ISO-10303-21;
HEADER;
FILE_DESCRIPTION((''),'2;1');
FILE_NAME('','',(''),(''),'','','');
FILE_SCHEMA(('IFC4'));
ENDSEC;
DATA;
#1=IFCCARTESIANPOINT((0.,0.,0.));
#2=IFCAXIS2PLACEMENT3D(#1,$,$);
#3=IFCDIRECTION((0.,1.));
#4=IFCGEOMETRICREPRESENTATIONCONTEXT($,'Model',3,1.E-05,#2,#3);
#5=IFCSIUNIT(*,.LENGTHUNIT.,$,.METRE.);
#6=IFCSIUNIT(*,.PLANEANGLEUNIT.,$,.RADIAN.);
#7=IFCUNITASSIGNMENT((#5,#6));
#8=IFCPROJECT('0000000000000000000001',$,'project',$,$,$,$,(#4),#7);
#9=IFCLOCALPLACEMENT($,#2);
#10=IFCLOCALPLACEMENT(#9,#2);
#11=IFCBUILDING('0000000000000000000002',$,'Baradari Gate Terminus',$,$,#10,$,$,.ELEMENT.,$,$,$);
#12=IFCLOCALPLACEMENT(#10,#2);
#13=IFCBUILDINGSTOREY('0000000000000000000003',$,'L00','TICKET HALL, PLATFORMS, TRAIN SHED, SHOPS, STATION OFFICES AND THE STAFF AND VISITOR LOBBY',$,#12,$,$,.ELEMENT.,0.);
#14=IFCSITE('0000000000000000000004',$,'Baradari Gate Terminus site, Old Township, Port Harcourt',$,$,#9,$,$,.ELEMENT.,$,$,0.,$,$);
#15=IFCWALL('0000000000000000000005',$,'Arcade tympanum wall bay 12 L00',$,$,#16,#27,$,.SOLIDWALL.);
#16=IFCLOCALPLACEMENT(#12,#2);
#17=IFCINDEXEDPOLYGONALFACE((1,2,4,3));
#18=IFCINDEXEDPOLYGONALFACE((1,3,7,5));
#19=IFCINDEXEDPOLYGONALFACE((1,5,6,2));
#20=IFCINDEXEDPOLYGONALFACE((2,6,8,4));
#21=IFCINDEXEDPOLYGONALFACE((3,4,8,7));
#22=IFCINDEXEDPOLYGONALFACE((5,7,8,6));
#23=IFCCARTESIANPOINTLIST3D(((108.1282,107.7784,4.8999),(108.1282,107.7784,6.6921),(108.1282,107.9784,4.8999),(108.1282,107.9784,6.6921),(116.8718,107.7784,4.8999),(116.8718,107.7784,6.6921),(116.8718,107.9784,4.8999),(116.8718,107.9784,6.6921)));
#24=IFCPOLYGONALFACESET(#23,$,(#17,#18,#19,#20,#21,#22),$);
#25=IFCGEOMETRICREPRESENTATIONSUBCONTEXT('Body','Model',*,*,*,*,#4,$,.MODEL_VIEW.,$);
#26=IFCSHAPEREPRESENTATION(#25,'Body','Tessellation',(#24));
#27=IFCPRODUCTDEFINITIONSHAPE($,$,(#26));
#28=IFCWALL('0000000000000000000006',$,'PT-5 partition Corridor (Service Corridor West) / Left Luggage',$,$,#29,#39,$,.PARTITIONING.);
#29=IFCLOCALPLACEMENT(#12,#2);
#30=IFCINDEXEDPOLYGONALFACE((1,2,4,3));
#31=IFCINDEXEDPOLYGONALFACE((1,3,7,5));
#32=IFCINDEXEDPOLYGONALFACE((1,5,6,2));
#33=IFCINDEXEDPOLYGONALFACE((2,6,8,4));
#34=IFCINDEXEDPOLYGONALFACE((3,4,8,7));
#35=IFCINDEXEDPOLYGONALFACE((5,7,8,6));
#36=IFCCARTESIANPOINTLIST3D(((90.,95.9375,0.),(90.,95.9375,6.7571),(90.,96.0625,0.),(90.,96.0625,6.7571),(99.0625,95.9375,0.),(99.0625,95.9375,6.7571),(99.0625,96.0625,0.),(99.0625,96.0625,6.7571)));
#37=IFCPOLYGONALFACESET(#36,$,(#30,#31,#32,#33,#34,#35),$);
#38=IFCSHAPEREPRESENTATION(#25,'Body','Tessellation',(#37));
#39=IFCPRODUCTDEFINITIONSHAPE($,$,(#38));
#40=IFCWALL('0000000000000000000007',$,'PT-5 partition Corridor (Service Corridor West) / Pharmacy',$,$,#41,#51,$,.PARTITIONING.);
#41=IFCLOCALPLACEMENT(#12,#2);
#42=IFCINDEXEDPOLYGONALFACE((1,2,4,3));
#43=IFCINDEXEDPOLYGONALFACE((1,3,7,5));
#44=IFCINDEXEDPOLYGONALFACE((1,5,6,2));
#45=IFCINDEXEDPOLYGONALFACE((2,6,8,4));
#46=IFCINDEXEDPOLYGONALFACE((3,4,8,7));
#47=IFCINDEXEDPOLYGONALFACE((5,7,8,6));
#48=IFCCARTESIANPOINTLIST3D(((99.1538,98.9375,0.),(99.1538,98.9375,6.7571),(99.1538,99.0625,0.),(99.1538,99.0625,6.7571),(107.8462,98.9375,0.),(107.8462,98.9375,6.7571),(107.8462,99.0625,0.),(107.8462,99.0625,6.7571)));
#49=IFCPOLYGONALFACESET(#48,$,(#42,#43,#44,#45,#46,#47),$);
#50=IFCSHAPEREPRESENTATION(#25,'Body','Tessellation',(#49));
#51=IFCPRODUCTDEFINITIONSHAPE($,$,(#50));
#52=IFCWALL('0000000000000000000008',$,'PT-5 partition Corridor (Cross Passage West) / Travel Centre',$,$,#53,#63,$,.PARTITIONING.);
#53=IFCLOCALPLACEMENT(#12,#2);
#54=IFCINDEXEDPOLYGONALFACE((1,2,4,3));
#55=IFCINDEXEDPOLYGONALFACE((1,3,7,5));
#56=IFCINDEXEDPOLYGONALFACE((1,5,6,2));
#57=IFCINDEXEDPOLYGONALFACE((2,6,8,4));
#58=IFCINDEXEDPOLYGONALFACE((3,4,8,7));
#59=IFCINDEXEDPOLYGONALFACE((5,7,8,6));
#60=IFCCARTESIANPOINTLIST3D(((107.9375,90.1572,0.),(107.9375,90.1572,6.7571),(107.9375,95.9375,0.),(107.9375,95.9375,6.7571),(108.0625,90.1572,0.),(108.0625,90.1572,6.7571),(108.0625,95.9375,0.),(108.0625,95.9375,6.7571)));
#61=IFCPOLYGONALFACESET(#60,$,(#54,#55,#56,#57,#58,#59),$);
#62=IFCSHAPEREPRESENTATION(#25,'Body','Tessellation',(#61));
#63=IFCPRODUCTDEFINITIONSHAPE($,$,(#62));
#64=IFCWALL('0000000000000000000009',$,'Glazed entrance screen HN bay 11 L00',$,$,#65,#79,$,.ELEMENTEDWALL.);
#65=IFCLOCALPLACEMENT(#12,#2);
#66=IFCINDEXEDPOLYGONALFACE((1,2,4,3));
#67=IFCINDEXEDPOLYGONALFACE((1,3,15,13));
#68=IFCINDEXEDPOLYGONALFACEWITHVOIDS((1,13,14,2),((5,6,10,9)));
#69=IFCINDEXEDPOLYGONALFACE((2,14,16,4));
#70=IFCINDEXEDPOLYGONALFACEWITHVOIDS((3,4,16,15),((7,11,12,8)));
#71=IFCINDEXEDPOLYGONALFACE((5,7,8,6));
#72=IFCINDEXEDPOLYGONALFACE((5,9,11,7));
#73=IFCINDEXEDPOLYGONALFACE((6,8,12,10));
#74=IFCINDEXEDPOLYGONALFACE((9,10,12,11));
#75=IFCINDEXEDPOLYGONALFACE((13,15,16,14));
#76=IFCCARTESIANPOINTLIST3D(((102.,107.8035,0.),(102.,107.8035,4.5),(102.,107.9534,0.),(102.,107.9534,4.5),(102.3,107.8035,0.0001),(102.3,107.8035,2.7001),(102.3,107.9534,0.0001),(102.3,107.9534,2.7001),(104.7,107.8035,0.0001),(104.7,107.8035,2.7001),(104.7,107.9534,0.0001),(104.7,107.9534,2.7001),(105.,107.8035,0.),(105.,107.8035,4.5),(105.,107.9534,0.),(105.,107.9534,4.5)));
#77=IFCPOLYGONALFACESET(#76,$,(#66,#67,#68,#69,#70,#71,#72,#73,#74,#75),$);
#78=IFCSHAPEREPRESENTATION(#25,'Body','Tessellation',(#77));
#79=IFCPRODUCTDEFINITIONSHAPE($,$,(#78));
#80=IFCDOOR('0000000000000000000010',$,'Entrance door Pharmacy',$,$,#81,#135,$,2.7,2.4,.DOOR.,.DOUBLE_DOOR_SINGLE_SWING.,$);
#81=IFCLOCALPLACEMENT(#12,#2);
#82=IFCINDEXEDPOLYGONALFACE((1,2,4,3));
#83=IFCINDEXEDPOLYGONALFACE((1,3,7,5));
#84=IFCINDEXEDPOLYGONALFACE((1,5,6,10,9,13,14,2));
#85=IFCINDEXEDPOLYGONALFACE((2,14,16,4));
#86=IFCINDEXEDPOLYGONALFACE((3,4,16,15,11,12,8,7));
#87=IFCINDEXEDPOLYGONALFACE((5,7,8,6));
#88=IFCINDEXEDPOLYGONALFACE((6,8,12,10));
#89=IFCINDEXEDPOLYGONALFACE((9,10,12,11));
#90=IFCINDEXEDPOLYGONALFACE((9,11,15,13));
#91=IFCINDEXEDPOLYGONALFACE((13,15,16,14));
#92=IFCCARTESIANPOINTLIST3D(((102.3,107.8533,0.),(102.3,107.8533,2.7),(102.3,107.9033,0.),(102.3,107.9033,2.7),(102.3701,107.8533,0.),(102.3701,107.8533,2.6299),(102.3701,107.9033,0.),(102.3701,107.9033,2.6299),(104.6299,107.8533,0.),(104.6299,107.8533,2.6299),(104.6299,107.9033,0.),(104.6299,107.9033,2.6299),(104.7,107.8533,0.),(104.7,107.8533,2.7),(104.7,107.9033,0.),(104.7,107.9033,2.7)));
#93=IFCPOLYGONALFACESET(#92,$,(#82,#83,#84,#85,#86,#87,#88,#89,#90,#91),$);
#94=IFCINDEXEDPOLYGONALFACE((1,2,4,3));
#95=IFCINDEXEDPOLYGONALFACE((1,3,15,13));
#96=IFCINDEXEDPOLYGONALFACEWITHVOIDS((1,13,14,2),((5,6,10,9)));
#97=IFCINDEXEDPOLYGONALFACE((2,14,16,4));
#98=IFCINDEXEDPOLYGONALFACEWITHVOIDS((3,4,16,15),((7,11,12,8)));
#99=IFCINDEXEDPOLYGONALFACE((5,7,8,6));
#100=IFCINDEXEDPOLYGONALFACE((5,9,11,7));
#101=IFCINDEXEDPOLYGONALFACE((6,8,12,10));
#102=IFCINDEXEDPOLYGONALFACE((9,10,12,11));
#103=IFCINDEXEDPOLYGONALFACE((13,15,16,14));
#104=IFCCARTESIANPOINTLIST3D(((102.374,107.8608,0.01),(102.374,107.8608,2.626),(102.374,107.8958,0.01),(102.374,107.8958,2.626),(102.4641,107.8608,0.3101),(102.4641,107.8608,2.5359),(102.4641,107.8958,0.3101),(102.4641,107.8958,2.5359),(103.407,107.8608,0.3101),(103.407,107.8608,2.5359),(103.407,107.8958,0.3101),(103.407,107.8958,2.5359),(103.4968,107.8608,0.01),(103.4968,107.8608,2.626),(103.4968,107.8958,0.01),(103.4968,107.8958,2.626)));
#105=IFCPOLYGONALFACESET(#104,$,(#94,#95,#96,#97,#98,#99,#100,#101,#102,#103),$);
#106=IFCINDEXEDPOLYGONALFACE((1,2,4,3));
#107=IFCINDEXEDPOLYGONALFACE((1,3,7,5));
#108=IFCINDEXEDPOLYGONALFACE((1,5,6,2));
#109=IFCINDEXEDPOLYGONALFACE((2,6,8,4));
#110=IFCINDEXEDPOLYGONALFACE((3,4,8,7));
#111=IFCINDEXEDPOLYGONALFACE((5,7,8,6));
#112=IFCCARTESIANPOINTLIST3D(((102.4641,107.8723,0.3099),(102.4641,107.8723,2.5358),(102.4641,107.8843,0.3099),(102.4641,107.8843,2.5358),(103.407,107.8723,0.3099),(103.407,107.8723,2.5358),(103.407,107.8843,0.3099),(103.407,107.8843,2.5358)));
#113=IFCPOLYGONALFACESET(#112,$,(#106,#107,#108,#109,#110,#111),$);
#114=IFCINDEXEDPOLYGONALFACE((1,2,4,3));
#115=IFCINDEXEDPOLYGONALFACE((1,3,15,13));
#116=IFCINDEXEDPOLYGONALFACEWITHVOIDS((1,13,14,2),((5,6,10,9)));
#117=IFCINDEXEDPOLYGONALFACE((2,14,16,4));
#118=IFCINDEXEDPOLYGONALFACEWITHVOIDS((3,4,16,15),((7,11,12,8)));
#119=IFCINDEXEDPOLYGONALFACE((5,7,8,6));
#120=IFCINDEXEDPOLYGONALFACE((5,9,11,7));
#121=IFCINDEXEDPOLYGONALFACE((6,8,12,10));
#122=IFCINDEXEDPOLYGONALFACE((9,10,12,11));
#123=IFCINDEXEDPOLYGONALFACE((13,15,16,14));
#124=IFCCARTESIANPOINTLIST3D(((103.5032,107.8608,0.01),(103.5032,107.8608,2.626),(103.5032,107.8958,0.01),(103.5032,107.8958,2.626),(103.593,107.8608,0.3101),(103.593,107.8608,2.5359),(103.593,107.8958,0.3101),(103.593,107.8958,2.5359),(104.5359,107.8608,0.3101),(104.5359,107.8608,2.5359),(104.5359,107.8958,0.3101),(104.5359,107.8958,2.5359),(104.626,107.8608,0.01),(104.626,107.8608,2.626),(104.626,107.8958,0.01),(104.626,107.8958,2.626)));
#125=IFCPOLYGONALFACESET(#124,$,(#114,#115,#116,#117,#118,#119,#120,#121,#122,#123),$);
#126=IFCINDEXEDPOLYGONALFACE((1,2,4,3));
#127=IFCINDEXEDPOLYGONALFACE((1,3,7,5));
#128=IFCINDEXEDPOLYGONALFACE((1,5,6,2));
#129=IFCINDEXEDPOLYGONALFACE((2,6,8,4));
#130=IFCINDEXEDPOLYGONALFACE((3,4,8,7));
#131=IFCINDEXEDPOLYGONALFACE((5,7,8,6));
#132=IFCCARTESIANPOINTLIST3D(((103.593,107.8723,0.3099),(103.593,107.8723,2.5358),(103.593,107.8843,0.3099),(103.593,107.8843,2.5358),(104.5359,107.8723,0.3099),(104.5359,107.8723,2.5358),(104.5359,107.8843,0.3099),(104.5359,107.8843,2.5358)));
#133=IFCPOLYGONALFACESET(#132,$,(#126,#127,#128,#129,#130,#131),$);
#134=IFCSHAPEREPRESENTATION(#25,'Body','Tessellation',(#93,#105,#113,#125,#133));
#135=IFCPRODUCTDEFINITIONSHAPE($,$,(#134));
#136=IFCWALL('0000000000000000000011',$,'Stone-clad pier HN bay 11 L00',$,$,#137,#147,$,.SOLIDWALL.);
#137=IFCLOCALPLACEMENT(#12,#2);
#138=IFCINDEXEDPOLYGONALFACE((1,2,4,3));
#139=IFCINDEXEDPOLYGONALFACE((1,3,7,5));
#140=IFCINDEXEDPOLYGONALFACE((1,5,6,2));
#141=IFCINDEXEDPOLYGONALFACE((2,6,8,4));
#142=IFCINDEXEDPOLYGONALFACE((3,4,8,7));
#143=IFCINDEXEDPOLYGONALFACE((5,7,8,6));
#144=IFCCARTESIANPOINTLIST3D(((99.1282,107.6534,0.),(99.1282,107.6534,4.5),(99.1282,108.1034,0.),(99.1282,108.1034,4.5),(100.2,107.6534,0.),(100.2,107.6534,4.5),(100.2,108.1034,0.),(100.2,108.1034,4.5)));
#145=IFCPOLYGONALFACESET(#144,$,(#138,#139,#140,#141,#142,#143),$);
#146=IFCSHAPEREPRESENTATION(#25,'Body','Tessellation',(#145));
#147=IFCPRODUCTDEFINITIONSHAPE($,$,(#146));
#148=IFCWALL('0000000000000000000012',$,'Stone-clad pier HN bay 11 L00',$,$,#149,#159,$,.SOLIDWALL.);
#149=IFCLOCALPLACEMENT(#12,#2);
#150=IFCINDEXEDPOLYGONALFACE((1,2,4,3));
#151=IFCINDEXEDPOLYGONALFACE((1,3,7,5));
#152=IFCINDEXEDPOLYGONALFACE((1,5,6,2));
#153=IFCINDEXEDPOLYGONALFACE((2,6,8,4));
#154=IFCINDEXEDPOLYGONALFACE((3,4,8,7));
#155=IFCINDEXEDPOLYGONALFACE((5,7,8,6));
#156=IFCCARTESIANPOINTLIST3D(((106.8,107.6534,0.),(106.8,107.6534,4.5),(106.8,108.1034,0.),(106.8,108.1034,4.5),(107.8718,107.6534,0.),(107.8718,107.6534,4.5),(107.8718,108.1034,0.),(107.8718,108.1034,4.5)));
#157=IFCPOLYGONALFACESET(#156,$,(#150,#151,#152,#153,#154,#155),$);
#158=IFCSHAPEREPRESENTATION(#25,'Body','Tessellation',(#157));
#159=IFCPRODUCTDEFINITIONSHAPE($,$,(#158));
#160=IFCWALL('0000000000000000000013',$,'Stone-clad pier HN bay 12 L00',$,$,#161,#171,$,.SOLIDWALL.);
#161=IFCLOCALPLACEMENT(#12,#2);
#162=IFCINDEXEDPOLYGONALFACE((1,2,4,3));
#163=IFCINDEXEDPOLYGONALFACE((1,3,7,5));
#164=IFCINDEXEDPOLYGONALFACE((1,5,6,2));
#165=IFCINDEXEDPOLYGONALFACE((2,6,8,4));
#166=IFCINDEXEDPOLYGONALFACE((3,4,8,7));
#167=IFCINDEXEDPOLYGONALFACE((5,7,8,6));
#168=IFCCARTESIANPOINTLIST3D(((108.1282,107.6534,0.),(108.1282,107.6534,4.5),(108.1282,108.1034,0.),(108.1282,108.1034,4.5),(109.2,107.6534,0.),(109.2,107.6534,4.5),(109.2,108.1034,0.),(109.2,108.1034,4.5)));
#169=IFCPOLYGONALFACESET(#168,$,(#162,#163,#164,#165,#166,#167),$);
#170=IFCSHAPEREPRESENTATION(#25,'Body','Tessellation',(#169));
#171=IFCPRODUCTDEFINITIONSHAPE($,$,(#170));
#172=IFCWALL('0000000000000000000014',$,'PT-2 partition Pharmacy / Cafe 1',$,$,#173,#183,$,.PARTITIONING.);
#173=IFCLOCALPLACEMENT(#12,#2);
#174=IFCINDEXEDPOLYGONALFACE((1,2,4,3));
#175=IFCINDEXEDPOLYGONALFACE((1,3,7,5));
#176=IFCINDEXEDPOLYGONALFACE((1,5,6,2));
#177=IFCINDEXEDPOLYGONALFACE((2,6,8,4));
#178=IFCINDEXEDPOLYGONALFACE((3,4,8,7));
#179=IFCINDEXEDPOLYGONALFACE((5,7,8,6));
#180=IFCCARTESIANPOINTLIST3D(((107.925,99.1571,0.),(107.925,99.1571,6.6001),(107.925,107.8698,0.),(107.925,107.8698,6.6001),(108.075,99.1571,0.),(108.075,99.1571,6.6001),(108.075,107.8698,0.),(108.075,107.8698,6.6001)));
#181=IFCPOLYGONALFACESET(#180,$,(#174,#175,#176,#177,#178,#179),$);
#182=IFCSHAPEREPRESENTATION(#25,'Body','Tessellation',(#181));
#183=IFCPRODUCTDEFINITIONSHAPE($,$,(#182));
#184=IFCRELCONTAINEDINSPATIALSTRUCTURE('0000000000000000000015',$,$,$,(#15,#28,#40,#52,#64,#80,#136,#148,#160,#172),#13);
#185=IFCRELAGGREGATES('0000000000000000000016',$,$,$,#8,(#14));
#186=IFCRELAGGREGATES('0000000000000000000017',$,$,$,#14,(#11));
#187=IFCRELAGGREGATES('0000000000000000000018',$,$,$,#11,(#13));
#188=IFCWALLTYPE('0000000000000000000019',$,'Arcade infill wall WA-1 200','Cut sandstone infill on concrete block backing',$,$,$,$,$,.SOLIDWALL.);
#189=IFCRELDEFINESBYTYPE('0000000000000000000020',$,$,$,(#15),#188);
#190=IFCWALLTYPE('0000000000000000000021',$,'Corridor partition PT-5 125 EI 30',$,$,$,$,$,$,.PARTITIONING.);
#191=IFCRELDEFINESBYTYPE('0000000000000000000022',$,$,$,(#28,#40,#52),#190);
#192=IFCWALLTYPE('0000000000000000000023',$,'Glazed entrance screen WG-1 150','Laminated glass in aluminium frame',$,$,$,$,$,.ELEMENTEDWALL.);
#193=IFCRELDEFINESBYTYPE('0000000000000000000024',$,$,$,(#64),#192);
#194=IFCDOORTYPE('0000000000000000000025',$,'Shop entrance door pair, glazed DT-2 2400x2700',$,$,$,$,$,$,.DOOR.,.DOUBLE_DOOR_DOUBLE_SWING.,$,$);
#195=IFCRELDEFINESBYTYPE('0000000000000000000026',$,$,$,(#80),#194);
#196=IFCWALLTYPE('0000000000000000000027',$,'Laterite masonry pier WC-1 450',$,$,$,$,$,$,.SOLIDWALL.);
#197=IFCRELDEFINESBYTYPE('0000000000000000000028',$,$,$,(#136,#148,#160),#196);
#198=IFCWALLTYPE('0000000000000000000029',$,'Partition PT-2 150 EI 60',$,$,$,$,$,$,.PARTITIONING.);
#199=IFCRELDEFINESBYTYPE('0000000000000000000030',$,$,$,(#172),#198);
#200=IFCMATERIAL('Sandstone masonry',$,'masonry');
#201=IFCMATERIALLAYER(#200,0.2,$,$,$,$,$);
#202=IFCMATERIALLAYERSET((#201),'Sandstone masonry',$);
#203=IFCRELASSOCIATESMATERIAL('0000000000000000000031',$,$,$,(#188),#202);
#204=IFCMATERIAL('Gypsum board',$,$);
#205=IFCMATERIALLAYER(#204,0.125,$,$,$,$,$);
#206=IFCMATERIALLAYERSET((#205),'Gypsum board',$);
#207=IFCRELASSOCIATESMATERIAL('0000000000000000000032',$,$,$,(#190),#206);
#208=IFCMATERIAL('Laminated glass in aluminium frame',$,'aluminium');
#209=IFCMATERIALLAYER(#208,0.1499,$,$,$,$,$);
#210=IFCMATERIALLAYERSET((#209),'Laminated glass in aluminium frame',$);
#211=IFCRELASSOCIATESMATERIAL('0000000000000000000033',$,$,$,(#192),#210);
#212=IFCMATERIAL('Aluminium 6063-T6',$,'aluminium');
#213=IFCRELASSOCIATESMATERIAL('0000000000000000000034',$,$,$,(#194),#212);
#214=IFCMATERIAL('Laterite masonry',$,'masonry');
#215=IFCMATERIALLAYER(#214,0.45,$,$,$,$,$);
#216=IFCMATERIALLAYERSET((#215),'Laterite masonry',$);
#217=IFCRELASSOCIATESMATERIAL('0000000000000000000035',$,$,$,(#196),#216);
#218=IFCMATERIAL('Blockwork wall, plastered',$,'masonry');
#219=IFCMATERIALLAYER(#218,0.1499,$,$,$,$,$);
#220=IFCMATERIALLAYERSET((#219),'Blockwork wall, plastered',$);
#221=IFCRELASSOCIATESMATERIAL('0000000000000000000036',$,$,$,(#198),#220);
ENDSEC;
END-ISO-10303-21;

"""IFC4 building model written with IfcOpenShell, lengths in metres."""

from ifc_helpers import new_model, si_unit, direction, frame, frame_2d, origin, place, context, subcontext, project, spatial, polyline, rectangle, outline, extrude, material, layer, layer_set, type_object, element, fill, save


model = new_model("IFC4")

# Units and contexts
model_context = context("Model", 3, precision=1e-05, world=origin(), true_north=direction((0.0, 1.0)))
body_context = subcontext(model_context, "Body", "Model", "MODEL_VIEW")
ifc_project = project(units=[si_unit("LENGTHUNIT", "METRE"), si_unit("PLANEANGLEUNIT", "RADIAN")], contexts=[model_context])

# Site, building, storey
site_placement = place(None, origin())
site = spatial("IfcSite", under=ifc_project, at=site_placement, Name="Baradari Gate Terminus site, Old Township, Port Harcourt", CompositionType="ELEMENT", RefElevation=0.0)
building_placement = place(site_placement, origin())
building = spatial("IfcBuilding", under=site, at=building_placement, Name="Baradari Gate Terminus", CompositionType="ELEMENT")
storey_placement = place(building_placement, origin())
storey = spatial("IfcBuildingStorey", under=building, at=storey_placement, Name="L00", Description="TICKET HALL, PLATFORMS, TRAIN SHED, SHOPS, STATION OFFICES AND THE STAFF AND VISITOR LOBBY", CompositionType="ELEMENT", Elevation=0.0)

# Walls
ifc_material_1 = material(Name="Sandstone masonry", Category="masonry")
ifc_layer_1 = layer(ifc_material_1, 0.2)
ifc_layer_set_1 = layer_set([ifc_layer_1], Name="Sandstone masonry")
wall_type_1 = type_object("IfcWallType", Name="Arcade infill wall WA-1 200", Description="Cut sandstone infill on concrete block backing", PredefinedType="SOLIDWALL", material=ifc_layer_set_1)
for number, where, z_axis, x_axis, name in (
    (1, (108.1282, 107.8784, 4.8999), (0.0, 0.0, 1.0), (1.0, 0.0, 0.0), "Arcade tympanum wall bay 12 L00"),
):
    element("IfcWall", number, at=place(storey_placement, frame(where, z_axis=z_axis, x_axis=x_axis)), inside=storey, type_object=wall_type_1, Name=name, PredefinedType="SOLIDWALL", context=body_context, shape_type="SweptSolid", body=[
        extrude(rectangle(XDim=8.7437, YDim=0.2, at=frame_2d((4.3718, 0.0))), origin(), (0.0, 0.0, 1.0), 1.7922),
    ])
ifc_material_2 = material(Name="Gypsum board")
ifc_layer_2 = layer(ifc_material_2, 0.125)
ifc_layer_set_2 = layer_set([ifc_layer_2], Name="Gypsum board")
wall_type_2 = type_object("IfcWallType", Name="Corridor partition PT-5 125 EI 30", PredefinedType="PARTITIONING", material=ifc_layer_set_2)
wall_1_placement = place(storey_placement, frame((99.0625, 96.0, 0.0), z_axis=(0.0, 0.0, 1.0), x_axis=(-1.0, 0.0, 0.0)))
element("IfcWall", 2, at=wall_1_placement, inside=storey, type_object=wall_type_2, Name="PT-5 partition Corridor (Service Corridor West) / Left Luggage", PredefinedType="PARTITIONING", context=body_context, shape_type="SweptSolid", body=[
    extrude(rectangle(XDim=9.0625, YDim=0.125, at=frame_2d((4.5312, 0.0))), origin(), (0.0, 0.0, 1.0), 6.7571),
])
wall_2_placement = place(storey_placement, frame((99.1538, 99.0, 0.0), z_axis=(0.0, 0.0, 1.0), x_axis=(1.0, 0.0, 0.0)))
element("IfcWall", 3, at=wall_2_placement, inside=storey, type_object=wall_type_2, Name="PT-5 partition Corridor (Service Corridor West) / Pharmacy", PredefinedType="PARTITIONING", context=body_context, shape_type="SweptSolid", body=[
    extrude(rectangle(XDim=8.6924, YDim=0.125, at=frame_2d((4.3462, 0.0))), origin(), (0.0, 0.0, 1.0), 6.7571),
])
wall_3_placement = place(storey_placement, frame((108.0, 95.9375, 0.0), z_axis=(0.0, 0.0, 1.0), x_axis=(0.0, -1.0, 0.0)))
element("IfcWall", 4, at=wall_3_placement, inside=storey, type_object=wall_type_2, Name="PT-5 partition Corridor (Cross Passage West) / Travel Centre", PredefinedType="PARTITIONING", context=body_context, shape_type="SweptSolid", body=[
    extrude(rectangle(XDim=5.7803, YDim=0.125, at=frame_2d((2.8901, 0.0))), origin(), (0.0, 0.0, 1.0), 6.7571),
])

# Wall, opening, door
ifc_material_3 = material(Name="Laminated glass in aluminium frame", Category="aluminium")
ifc_layer_3 = layer(ifc_material_3, 0.1499)
ifc_layer_set_3 = layer_set([ifc_layer_3], Name="Laminated glass in aluminium frame")
wall_type_3 = type_object("IfcWallType", Name="Glazed entrance screen WG-1 150", Description="Laminated glass in aluminium frame", PredefinedType="ELEMENTEDWALL", material=ifc_layer_set_3)
wall_4_placement = place(storey_placement, frame((102.0, 107.8784, 0.0), z_axis=(0.0, 0.0, 1.0), x_axis=(1.0, 0.0, 0.0)))
wall_4 = element("IfcWall", 5, at=wall_4_placement, inside=storey, type_object=wall_type_3, Name="Glazed entrance screen HN bay 11 L00", PredefinedType="ELEMENTEDWALL", context=body_context, shape_type="SweptSolid", body=[
    extrude(rectangle(XDim=3.0, YDim=0.1499, at=frame_2d((1.5, 0.0))), origin(), (0.0, 0.0, 1.0), 4.5),
])
opening_placement = place(wall_4_placement, frame((0.3, 0.0, 0.0)))
opening = element("IfcOpeningElement", 6, at=opening_placement, cuts=wall_4, PredefinedType="OPENING", context=body_context, shape_type="SweptSolid", body=[
    extrude(rectangle(XDim=2.3999, YDim=2.7, at=frame_2d((1.2, 1.3501))), frame((0.0, 0.085, 0.0), z_axis=(0.0, -1.0, 0.0), x_axis=(1.0, 0.0, 0.0)), (0.0, 0.0, 1.0), 0.1699),
])
ifc_material_4 = material(Name="Aluminium 6063-T6", Category="aluminium")
door_type = type_object("IfcDoorType", Name="Shop entrance door pair, glazed DT-2 2400x2700", OperationType="DOUBLE_DOOR_DOUBLE_SWING", PredefinedType="DOOR", material=ifc_material_4)
door_placement = place(opening_placement, origin())
door = element("IfcDoor", 7, at=door_placement, inside=storey, type_object=door_type, Name="Entrance door Pharmacy", OperationType="DOUBLE_DOOR_SINGLE_SWING", OverallHeight=2.7, OverallWidth=2.4, PredefinedType="DOOR", context=body_context, shape_type="SweptSolid", body=[
    extrude(outline(polyline([(0.0, 0.0), (0.0701, 0.0), (0.0701, 2.6299), (2.3298, 2.6299), (2.3298, 0.0), (2.3999, 0.0), (2.3999, 2.7), (0.0, 2.7), (0.0, 0.0)])), frame((0.0, 0.0249, 0.0), z_axis=(0.0, -1.0, 0.0), x_axis=(1.0, 0.0, 0.0)), (0.0, 0.0, 1.0), 0.05),
    extrude(outline(polyline([(0.074, 0.01), (1.1968, 0.01), (1.1968, 2.626), (0.074, 2.626), (0.074, 0.01)]), holes=[polyline([(0.1641, 0.3101), (1.1069, 0.3101), (1.1069, 2.5359), (0.1641, 2.5359), (0.1641, 0.3101)])]), frame((0.0, 0.0173, 0.0), z_axis=(0.0, -1.0, 0.0), x_axis=(1.0, 0.0, 0.0)), (0.0, 0.0, 1.0), 0.0349),
    extrude(rectangle(XDim=0.9429, YDim=2.2258, at=frame_2d((0.6355, 1.4229))), frame((0.0, 0.0059, 0.0), z_axis=(0.0, -1.0, 0.0), x_axis=(1.0, 0.0, 0.0)), (0.0, 0.0, 1.0), 0.012),
    extrude(outline(polyline([(1.2031, 0.01), (2.3259, 0.01), (2.3259, 2.626), (1.2031, 2.626), (1.2031, 0.01)]), holes=[polyline([(1.293, 0.3101), (2.2358, 0.3101), (2.2358, 2.5359), (1.293, 2.5359), (1.293, 0.3101)])]), frame((0.0, 0.0173, 0.0), z_axis=(0.0, -1.0, 0.0), x_axis=(1.0, 0.0, 0.0)), (0.0, 0.0, 1.0), 0.0349),
    extrude(rectangle(XDim=0.9429, YDim=2.2258, at=frame_2d((1.7644, 1.4229))), frame((0.0, 0.0059, 0.0), z_axis=(0.0, -1.0, 0.0), x_axis=(1.0, 0.0, 0.0)), (0.0, 0.0, 1.0), 0.012),
])
fill(opening, door)

# Walls
ifc_material_5 = material(Name="Laterite masonry", Category="masonry")
ifc_layer_4 = layer(ifc_material_5, 0.45)
ifc_layer_set_4 = layer_set([ifc_layer_4], Name="Laterite masonry")
wall_type_4 = type_object("IfcWallType", Name="Laterite masonry pier WC-1 450", PredefinedType="SOLIDWALL", material=ifc_layer_set_4)
for number, where, z_axis, x_axis, name in (
    (8, (99.1282, 107.8784, 0.0), (0.0, 0.0, 1.0), (1.0, 0.0, 0.0), "Stone-clad pier HN bay 11 L00"),
    (9, (106.8, 107.8784, 0.0), (0.0, 0.0, 1.0), (1.0, 0.0, 0.0), "Stone-clad pier HN bay 11 L00"),
    (10, (108.1282, 107.8784, 0.0), (0.0, 0.0, 1.0), (1.0, 0.0, 0.0), "Stone-clad pier HN bay 12 L00"),
):
    element("IfcWall", number, at=place(storey_placement, frame(where, z_axis=z_axis, x_axis=x_axis)), inside=storey, type_object=wall_type_4, Name=name, PredefinedType="SOLIDWALL", context=body_context, shape_type="SweptSolid", body=[
        extrude(rectangle(XDim=1.0718, YDim=0.45, at=frame_2d((0.5359, 0.0))), origin(), (0.0, 0.0, 1.0), 4.5),
    ])
ifc_material_6 = material(Name="Blockwork wall, plastered", Category="masonry")
ifc_layer_5 = layer(ifc_material_6, 0.1499)
ifc_layer_set_5 = layer_set([ifc_layer_5], Name="Blockwork wall, plastered")
wall_type_5 = type_object("IfcWallType", Name="Partition PT-2 150 EI 60", PredefinedType="PARTITIONING", material=ifc_layer_set_5)
wall_5_placement = place(storey_placement, frame((108.0, 107.8699, 0.0), z_axis=(0.0, 0.0, 1.0), x_axis=(0.0, -1.0, 0.0)))
element("IfcWall", 11, at=wall_5_placement, inside=storey, type_object=wall_type_5, Name="PT-2 partition Pharmacy / Cafe 1", PredefinedType="PARTITIONING", context=body_context, shape_type="SweptSolid", body=[
    extrude(rectangle(XDim=8.7126, YDim=0.1499, at=frame_2d((4.3564, 0.0))), origin(), (0.0, 0.0, 1.0), 6.6001),
])

save(model, "model.ifc")
